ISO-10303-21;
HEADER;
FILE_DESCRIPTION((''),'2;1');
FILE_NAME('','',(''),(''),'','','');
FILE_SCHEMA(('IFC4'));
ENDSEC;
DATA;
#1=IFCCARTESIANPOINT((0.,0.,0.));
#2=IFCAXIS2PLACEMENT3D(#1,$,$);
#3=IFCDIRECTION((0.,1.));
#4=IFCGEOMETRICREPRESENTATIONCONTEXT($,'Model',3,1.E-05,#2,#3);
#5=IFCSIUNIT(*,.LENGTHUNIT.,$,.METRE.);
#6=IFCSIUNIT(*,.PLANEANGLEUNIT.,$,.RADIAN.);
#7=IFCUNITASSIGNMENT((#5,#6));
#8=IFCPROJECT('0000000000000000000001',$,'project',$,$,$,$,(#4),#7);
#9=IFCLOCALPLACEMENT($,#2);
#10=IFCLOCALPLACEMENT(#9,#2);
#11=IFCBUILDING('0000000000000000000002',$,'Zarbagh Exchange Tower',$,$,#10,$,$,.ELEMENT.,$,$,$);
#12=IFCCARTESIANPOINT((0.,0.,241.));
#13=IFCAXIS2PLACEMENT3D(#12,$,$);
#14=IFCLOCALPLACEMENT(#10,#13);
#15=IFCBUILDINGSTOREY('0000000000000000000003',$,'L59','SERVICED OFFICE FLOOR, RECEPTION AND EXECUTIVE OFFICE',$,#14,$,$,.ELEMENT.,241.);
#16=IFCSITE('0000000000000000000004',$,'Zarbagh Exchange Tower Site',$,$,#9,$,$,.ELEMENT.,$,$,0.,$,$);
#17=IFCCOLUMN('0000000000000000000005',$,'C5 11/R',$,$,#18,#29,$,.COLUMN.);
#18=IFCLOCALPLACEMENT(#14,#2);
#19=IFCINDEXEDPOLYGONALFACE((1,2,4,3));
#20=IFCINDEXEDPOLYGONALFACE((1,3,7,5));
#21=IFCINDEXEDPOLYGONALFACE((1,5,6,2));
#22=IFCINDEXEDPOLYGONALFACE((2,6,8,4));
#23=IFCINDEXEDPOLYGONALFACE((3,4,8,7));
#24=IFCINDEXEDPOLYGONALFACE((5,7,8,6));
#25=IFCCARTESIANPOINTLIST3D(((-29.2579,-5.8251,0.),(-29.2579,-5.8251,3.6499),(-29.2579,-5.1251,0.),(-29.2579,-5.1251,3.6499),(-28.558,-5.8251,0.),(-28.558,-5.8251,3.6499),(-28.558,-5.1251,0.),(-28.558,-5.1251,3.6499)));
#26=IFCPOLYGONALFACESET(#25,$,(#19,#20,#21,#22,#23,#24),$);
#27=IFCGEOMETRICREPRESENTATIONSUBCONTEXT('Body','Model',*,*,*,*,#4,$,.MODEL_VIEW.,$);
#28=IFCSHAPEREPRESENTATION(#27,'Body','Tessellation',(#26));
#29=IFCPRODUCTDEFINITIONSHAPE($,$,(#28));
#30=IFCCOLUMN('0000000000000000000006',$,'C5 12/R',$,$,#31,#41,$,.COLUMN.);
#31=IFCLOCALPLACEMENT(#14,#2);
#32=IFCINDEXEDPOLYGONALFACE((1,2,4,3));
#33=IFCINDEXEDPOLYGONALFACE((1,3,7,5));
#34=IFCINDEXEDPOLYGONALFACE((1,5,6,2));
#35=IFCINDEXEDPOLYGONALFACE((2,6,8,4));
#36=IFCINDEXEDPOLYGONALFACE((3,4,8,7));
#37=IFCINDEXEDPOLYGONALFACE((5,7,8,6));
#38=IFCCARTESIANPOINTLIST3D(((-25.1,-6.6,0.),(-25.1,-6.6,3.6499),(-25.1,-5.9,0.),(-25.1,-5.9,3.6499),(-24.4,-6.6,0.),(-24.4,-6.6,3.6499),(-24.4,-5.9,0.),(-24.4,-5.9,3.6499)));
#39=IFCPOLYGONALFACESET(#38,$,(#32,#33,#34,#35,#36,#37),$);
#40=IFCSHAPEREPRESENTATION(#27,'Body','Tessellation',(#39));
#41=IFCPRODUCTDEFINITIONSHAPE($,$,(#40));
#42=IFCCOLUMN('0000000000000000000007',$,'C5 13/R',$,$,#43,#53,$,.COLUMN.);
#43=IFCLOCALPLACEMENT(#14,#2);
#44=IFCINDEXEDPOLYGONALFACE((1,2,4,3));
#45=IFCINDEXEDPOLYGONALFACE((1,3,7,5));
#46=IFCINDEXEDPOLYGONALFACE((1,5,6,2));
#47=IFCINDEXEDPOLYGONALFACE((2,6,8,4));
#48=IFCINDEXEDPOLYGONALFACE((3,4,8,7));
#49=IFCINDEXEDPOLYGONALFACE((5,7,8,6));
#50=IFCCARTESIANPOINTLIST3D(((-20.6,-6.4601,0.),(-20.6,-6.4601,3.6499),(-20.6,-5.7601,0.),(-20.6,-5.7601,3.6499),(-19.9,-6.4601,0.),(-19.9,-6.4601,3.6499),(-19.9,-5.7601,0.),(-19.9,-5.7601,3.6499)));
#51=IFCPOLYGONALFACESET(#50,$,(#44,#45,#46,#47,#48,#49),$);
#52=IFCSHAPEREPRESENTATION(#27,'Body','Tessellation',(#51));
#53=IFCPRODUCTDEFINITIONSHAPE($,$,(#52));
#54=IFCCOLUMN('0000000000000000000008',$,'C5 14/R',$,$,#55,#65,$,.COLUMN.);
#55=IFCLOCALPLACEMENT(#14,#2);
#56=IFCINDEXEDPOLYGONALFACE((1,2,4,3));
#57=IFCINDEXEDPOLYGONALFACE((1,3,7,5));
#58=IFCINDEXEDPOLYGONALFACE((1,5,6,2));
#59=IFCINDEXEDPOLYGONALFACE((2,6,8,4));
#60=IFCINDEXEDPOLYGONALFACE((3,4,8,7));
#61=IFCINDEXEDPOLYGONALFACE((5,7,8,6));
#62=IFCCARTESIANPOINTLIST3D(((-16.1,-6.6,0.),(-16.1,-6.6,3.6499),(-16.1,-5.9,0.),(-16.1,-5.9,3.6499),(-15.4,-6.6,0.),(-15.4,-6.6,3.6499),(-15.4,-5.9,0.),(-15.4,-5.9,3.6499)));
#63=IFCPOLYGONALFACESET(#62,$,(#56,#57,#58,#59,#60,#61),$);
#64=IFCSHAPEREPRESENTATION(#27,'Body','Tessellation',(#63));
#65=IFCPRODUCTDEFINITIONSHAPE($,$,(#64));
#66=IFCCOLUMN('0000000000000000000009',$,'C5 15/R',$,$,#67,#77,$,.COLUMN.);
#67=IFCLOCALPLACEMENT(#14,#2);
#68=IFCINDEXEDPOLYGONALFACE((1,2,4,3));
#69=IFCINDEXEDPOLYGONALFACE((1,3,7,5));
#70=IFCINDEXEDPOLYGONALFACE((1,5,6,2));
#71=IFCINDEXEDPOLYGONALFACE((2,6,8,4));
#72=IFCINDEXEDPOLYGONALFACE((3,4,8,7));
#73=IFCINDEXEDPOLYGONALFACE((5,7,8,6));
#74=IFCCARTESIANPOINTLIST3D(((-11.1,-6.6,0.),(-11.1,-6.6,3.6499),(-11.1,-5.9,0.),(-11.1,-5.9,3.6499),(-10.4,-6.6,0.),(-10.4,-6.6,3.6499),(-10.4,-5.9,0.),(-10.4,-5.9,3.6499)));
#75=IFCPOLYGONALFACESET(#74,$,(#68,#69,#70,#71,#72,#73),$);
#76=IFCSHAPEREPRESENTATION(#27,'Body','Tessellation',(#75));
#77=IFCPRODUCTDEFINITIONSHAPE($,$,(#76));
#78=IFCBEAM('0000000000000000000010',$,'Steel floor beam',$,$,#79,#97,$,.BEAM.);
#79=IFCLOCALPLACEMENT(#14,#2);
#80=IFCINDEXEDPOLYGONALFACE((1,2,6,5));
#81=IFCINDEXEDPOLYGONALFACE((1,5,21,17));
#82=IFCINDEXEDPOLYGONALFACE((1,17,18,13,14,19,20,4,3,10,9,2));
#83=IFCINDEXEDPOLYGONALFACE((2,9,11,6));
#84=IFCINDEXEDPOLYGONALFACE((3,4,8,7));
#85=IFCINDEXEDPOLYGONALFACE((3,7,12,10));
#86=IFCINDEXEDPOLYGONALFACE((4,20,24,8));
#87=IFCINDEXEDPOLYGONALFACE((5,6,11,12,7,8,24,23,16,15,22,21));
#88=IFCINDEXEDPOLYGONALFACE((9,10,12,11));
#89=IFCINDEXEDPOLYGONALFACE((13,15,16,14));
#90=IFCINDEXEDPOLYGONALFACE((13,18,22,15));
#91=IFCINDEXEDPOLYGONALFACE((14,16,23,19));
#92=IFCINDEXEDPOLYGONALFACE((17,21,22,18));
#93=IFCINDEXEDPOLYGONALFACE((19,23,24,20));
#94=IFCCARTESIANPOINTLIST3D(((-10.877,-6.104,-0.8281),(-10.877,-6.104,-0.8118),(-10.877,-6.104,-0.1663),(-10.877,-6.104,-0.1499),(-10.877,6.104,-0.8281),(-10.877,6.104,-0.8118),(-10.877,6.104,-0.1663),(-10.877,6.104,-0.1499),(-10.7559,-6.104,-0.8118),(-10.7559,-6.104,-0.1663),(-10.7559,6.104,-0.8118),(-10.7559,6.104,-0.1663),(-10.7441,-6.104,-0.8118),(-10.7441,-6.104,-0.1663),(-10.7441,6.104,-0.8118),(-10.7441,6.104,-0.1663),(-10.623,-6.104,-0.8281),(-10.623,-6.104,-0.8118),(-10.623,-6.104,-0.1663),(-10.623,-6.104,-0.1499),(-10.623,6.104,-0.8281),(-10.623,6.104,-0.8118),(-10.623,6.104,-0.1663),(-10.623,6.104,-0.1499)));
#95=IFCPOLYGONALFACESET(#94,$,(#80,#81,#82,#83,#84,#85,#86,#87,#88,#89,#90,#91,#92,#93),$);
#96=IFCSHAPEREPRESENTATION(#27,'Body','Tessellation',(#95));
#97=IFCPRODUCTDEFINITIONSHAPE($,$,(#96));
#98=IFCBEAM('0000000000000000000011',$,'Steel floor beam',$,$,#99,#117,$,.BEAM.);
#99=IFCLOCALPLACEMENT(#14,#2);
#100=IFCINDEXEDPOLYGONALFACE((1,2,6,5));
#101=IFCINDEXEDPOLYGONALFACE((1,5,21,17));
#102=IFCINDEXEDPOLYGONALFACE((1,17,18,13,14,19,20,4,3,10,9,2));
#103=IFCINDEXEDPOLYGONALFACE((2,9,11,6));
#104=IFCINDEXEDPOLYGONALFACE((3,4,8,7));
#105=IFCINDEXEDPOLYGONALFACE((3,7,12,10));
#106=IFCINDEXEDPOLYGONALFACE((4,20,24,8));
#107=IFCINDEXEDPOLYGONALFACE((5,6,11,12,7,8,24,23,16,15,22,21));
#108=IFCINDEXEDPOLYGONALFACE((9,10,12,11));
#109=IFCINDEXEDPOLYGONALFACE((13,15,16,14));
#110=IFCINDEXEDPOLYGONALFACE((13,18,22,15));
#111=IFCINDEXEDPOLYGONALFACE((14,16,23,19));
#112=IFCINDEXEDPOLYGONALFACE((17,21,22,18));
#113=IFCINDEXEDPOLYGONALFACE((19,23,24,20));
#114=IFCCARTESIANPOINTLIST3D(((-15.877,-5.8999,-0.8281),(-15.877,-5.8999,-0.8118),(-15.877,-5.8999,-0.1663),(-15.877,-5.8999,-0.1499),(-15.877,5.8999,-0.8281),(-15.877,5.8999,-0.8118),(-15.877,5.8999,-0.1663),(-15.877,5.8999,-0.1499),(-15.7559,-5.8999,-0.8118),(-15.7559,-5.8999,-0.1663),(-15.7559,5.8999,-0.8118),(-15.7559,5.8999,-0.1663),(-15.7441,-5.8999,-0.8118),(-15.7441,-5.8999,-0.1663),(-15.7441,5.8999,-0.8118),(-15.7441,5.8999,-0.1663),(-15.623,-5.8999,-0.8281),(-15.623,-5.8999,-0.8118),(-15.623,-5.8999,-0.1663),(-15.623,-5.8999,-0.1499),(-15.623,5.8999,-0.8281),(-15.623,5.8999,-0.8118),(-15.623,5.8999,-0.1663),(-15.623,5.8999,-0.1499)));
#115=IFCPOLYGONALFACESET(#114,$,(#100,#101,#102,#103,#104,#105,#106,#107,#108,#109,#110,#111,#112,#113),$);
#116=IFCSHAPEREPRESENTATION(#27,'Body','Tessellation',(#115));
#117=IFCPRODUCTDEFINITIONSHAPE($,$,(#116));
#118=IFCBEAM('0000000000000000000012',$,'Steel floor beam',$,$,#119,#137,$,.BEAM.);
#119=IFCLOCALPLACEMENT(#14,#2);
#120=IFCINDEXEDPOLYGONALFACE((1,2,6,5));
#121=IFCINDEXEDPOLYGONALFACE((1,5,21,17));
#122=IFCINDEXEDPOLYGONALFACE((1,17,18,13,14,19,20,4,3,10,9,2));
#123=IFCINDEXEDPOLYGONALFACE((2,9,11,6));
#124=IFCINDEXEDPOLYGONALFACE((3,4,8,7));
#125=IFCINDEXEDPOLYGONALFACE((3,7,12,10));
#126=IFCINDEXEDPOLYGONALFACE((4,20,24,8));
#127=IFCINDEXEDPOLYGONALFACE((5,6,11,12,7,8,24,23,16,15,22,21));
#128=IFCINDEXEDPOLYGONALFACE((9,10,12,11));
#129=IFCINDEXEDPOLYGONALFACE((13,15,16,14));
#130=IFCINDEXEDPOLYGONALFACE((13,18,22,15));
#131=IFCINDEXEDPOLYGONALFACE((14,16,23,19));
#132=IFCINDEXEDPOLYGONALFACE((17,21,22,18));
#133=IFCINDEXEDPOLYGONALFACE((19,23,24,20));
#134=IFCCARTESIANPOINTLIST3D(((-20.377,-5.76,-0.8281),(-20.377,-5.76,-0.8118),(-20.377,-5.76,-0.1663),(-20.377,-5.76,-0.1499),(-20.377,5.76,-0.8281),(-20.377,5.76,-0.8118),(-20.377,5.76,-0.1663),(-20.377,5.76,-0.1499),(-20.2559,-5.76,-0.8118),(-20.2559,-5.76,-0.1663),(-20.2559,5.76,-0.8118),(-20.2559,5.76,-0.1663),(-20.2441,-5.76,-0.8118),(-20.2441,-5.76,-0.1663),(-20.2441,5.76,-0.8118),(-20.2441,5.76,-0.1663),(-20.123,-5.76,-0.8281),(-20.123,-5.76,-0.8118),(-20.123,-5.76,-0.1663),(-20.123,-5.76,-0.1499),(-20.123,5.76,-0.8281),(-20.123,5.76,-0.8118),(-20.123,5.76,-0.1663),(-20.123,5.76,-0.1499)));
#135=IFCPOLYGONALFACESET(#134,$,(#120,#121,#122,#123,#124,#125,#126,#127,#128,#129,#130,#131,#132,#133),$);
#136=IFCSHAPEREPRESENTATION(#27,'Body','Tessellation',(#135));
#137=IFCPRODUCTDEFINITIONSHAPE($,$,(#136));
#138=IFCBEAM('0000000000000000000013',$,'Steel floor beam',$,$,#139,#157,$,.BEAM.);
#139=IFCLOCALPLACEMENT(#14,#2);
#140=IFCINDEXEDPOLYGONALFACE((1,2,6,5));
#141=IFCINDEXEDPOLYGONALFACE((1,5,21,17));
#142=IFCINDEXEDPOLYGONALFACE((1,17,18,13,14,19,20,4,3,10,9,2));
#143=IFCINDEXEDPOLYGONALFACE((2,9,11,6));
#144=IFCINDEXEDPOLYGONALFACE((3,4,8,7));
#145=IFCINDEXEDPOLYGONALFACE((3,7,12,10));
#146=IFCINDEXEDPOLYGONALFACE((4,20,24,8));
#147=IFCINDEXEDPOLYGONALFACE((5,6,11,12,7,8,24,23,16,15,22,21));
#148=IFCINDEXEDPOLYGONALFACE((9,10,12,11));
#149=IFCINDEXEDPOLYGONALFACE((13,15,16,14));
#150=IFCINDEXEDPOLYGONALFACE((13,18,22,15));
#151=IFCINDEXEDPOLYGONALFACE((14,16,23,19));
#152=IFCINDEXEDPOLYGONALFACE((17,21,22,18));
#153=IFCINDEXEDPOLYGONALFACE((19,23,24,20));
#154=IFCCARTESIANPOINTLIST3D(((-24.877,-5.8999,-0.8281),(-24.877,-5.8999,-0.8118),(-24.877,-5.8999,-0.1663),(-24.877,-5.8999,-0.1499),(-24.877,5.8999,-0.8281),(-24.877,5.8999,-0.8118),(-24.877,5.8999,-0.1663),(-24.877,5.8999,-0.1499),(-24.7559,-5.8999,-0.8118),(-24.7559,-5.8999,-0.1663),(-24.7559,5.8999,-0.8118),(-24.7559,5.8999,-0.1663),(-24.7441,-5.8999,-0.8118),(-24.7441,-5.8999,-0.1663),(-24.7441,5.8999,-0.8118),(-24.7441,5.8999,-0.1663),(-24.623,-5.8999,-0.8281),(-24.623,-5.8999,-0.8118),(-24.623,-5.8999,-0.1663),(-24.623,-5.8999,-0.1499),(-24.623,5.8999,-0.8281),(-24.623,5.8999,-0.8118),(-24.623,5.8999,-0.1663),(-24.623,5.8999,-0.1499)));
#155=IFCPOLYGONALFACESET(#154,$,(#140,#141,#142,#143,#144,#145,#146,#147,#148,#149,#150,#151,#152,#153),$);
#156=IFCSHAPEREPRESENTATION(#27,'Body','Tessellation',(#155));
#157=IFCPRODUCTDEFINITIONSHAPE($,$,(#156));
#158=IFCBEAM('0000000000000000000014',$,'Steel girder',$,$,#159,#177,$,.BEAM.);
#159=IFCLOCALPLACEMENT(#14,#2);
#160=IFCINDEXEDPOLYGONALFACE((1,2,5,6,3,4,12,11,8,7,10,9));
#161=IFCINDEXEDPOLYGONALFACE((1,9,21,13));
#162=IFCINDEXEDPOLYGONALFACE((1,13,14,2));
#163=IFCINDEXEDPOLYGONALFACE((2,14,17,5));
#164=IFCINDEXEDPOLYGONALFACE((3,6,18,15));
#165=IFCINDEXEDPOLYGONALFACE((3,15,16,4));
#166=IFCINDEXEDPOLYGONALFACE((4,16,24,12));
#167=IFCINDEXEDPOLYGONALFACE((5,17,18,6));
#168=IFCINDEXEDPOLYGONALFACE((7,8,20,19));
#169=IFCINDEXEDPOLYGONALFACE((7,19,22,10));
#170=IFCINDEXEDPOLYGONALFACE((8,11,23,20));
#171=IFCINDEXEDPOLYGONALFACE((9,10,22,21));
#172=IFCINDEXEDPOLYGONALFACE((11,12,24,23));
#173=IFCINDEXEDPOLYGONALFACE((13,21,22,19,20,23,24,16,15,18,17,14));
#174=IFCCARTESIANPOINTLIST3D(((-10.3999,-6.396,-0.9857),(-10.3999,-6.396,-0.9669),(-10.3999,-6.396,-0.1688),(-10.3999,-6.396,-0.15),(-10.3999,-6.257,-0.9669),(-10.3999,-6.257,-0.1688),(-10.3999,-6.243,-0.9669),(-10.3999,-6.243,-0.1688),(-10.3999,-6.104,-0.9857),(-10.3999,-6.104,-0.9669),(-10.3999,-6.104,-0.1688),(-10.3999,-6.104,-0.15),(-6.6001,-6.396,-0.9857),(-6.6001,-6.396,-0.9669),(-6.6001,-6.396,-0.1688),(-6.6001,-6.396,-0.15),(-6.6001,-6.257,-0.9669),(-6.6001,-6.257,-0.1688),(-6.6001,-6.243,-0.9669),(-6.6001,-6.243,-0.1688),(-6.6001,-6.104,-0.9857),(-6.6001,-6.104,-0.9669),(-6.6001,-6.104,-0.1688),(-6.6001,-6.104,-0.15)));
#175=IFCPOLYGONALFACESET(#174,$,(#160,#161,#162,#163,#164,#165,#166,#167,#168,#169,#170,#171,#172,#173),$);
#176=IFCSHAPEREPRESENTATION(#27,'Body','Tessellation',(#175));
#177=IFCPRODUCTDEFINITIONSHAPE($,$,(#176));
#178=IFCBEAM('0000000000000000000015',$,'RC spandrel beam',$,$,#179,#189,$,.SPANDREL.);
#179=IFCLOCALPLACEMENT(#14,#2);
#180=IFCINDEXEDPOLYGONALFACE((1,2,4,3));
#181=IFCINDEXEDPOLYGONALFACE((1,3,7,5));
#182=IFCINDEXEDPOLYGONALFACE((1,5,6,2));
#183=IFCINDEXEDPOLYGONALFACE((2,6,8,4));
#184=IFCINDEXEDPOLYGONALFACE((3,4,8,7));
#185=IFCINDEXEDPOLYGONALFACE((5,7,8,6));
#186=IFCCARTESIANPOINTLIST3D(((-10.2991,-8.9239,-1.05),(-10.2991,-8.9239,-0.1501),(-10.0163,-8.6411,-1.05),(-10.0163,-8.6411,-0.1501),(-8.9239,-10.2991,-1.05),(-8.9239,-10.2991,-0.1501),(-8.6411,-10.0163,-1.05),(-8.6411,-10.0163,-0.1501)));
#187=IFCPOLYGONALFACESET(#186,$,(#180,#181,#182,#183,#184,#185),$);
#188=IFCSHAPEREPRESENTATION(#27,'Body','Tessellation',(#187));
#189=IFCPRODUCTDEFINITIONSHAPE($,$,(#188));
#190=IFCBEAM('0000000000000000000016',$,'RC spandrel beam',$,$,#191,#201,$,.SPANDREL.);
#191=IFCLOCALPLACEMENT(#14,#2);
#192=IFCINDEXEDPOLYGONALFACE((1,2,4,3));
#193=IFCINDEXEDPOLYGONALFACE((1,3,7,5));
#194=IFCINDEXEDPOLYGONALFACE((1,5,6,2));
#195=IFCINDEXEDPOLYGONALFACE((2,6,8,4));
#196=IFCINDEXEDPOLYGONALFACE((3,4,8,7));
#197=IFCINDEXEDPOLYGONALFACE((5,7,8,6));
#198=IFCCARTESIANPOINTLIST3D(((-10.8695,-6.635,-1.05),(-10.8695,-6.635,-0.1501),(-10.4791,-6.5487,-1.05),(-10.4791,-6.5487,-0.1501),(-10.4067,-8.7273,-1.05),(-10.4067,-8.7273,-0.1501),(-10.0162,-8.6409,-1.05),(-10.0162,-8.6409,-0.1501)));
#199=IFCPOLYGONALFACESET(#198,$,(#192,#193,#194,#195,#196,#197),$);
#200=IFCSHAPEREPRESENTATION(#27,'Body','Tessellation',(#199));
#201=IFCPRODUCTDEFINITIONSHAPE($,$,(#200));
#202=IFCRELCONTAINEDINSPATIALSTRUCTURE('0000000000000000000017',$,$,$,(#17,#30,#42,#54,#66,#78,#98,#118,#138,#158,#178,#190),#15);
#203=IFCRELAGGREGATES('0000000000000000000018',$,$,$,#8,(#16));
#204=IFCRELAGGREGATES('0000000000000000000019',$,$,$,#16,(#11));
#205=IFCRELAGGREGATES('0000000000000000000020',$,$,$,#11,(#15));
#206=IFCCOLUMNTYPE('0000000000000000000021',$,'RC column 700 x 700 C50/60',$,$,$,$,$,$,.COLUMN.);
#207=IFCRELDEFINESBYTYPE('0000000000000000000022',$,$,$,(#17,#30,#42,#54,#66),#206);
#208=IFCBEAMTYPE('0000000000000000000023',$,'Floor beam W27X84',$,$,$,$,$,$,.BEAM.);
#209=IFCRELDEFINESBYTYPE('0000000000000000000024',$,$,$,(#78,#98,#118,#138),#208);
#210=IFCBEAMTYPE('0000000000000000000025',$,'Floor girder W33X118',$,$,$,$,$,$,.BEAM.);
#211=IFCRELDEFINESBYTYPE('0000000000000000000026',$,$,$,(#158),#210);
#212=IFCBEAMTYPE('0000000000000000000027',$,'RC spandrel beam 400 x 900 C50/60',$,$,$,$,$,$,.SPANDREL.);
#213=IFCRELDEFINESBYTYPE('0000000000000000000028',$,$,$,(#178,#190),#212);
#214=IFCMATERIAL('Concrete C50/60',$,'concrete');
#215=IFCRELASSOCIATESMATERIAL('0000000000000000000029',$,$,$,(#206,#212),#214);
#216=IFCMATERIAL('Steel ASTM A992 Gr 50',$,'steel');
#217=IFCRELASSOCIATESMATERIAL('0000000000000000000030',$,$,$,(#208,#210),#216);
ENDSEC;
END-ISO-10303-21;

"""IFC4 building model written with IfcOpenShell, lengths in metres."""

from ifc_helpers import new_model, si_unit, direction, frame, origin, origin_2d, place, context, subcontext, project, spatial, rectangle, i_section, extrude, material, material_profile, profile_set, type_object, element, save


model = new_model("IFC4")

# Units and contexts
model_context = context("Model", 3, precision=1e-05, world=origin(), true_north=direction((0.0, 1.0)))
body_context = subcontext(model_context, "Body", "Model", "MODEL_VIEW")
ifc_project = project(units=[si_unit("LENGTHUNIT", "METRE"), si_unit("PLANEANGLEUNIT", "RADIAN")], contexts=[model_context])

# Site, building, storey
site_placement = place(None, origin())
site = spatial("IfcSite", under=ifc_project, at=site_placement, Name="Zarbagh Exchange Tower Site", CompositionType="ELEMENT", RefElevation=0.0)
building_placement = place(site_placement, origin())
building = spatial("IfcBuilding", under=site, at=building_placement, Name="Zarbagh Exchange Tower", CompositionType="ELEMENT")
storey_placement = place(building_placement, frame((0.0, 0.0, 241.0)))
storey = spatial("IfcBuildingStorey", under=building, at=storey_placement, Name="L59", Description="SERVICED OFFICE FLOOR, RECEPTION AND EXECUTIVE OFFICE", CompositionType="ELEMENT", Elevation=241.0)

# Columns
ifc_material_1 = material(Name="Concrete C50/60", Category="concrete")
ifc_material_profile_1 = material_profile(ifc_material_1, rectangle(XDim=0.7, YDim=0.7, at=origin_2d()), Name="RC column 700 x 700 C50/60")
ifc_profile_set_1 = profile_set([ifc_material_profile_1], Name="Concrete C50/60")
column_type = type_object("IfcColumnType", Name="RC column 700 x 700 C50/60", PredefinedType="COLUMN", material=ifc_profile_set_1)
for number, where, z_axis, x_axis, name in (
    (1, (-28.908, -5.4751, 0.0), (0.0, 0.0, 1.0), (1.0, 0.0, 0.0), "C5 11/R"),
    (2, (-24.75, -6.25, 0.0), (0.0, 0.0, 1.0), (1.0, 0.0, 0.0), "C5 12/R"),
    (3, (-20.25, -6.1101, 0.0), (0.0, 0.0, 1.0), (1.0, 0.0, 0.0), "C5 13/R"),
    (4, (-15.75, -6.25, 0.0), (0.0, 0.0, 1.0), (1.0, 0.0, 0.0), "C5 14/R"),
    (5, (-10.75, -6.25, 0.0), (0.0, 0.0, 1.0), (1.0, 0.0, 0.0), "C5 15/R"),
):
    element("IfcColumn", number, at=place(storey_placement, frame(where, z_axis=z_axis, x_axis=x_axis)), inside=storey, type_object=column_type, Name=name, PredefinedType="COLUMN", context=body_context, shape_type="SweptSolid", body=[
        extrude(rectangle(XDim=0.7, YDim=0.7, at=origin_2d()), origin(), (0.0, 0.0, 1.0), 3.6499),
    ])

# Beams
ifc_material_2 = material(Name="Steel ASTM A992 Gr 50", Category="steel")
ifc_material_profile_2 = material_profile(ifc_material_2, i_section(OverallWidth=0.2539, OverallDepth=0.6782, WebThickness=0.0117, FlangeThickness=0.0164, at=origin_2d()), Name="W27X84")
ifc_profile_set_2 = profile_set([ifc_material_profile_2], Name="Steel ASTM A992 Gr 50")
beam_type_1 = type_object("IfcBeamType", Name="Floor beam W27X84", PredefinedType="BEAM", material=ifc_profile_set_2)
beam_1_placement = place(storey_placement, frame((-10.75, -6.104, -0.489), z_axis=(0.0, 1.0, 0.0), x_axis=(-1.0, 0.0, 0.0)))
element("IfcBeam", 6, at=beam_1_placement, inside=storey, type_object=beam_type_1, Name="Steel floor beam", PredefinedType="BEAM", context=body_context, shape_type="SweptSolid", body=[
    extrude(i_section(OverallWidth=0.2539, OverallDepth=0.6782, WebThickness=0.0117, FlangeThickness=0.0164, at=origin_2d()), origin(), (0.0, 0.0, 1.0), 12.208),
])
beam_2_placement = place(storey_placement, frame((-15.75, -5.8999, -0.489), z_axis=(0.0, 1.0, 0.0), x_axis=(-1.0, 0.0, 0.0)))
element("IfcBeam", 7, at=beam_2_placement, inside=storey, type_object=beam_type_1, Name="Steel floor beam", PredefinedType="BEAM", context=body_context, shape_type="SweptSolid", body=[
    extrude(i_section(OverallWidth=0.2539, OverallDepth=0.6782, WebThickness=0.0117, FlangeThickness=0.0164, at=origin_2d()), origin(), (0.0, 0.0, 1.0), 11.7998),
])
beam_3_placement = place(storey_placement, frame((-20.25, -5.76, -0.489), z_axis=(0.0, 1.0, 0.0), x_axis=(-1.0, 0.0, 0.0)))
element("IfcBeam", 8, at=beam_3_placement, inside=storey, type_object=beam_type_1, Name="Steel floor beam", PredefinedType="BEAM", context=body_context, shape_type="SweptSolid", body=[
    extrude(i_section(OverallWidth=0.2539, OverallDepth=0.6782, WebThickness=0.0117, FlangeThickness=0.0164, at=origin_2d()), origin(), (0.0, 0.0, 1.0), 11.52),
])
beam_4_placement = place(storey_placement, frame((-24.75, -5.8999, -0.489), z_axis=(0.0, 1.0, 0.0), x_axis=(-1.0, 0.0, 0.0)))
element("IfcBeam", 9, at=beam_4_placement, inside=storey, type_object=beam_type_1, Name="Steel floor beam", PredefinedType="BEAM", context=body_context, shape_type="SweptSolid", body=[
    extrude(i_section(OverallWidth=0.2539, OverallDepth=0.6782, WebThickness=0.0117, FlangeThickness=0.0164, at=origin_2d()), origin(), (0.0, 0.0, 1.0), 11.7998),
])
ifc_material_profile_3 = material_profile(ifc_material_2, i_section(OverallWidth=0.292, OverallDepth=0.8357, WebThickness=0.0139, FlangeThickness=0.0188, at=origin_2d()), Name="W33X118")
ifc_profile_set_3 = profile_set([ifc_material_profile_3], Name="Steel ASTM A992 Gr 50")
beam_type_2 = type_object("IfcBeamType", Name="Floor girder W33X118", PredefinedType="BEAM", material=ifc_profile_set_3)
beam_5_placement = place(storey_placement, frame((-10.3999, -6.25, -0.5679), z_axis=(1.0, 0.0, 0.0), x_axis=(0.0, 1.0, 0.0)))
element("IfcBeam", 10, at=beam_5_placement, inside=storey, type_object=beam_type_2, Name="Steel girder", PredefinedType="BEAM", context=body_context, shape_type="SweptSolid", body=[
    extrude(i_section(OverallWidth=0.292, OverallDepth=0.8357, WebThickness=0.0139, FlangeThickness=0.0188, at=origin_2d()), origin(), (0.0, 0.0, 1.0), 3.7998),
])
ifc_material_profile_4 = material_profile(ifc_material_1, rectangle(XDim=0.3999, YDim=0.8999, at=origin_2d()), Name="RC spandrel beam 400 x 900 C50/60")
ifc_profile_set_4 = profile_set([ifc_material_profile_4], Name="Concrete C50/60")
beam_type_3 = type_object("IfcBeamType", Name="RC spandrel beam 400 x 900 C50/60", PredefinedType="SPANDREL", material=ifc_profile_set_4)
beam_6_placement = place(storey_placement, frame((-8.7825, -10.1577, -0.6001), z_axis=(-0.707107, 0.707107, 0.0), x_axis=(-0.707107, -0.707107, 0.0)))
element("IfcBeam", 11, at=beam_6_placement, inside=storey, type_object=beam_type_3, Name="RC spandrel beam", PredefinedType="SPANDREL", context=body_context, shape_type="SweptSolid", body=[
    extrude(rectangle(XDim=0.3999, YDim=0.8999, at=origin_2d()), origin(), (0.0, 0.0, 1.0), 1.9448),
])
beam_7_placement = place(storey_placement, frame((-10.2114, -8.6841, -0.6001), z_axis=(-0.216014, 0.97639, 0.0), x_axis=(-0.97639, -0.216014, 0.0)))
element("IfcBeam", 12, at=beam_7_placement, inside=storey, type_object=beam_type_3, Name="RC spandrel beam", PredefinedType="SPANDREL", context=body_context, shape_type="SweptSolid", body=[
    extrude(rectangle(XDim=0.3999, YDim=0.8999, at=origin_2d()), origin(), (0.0, 0.0, 1.0), 2.1428),
])

save(model, "model.ifc")
